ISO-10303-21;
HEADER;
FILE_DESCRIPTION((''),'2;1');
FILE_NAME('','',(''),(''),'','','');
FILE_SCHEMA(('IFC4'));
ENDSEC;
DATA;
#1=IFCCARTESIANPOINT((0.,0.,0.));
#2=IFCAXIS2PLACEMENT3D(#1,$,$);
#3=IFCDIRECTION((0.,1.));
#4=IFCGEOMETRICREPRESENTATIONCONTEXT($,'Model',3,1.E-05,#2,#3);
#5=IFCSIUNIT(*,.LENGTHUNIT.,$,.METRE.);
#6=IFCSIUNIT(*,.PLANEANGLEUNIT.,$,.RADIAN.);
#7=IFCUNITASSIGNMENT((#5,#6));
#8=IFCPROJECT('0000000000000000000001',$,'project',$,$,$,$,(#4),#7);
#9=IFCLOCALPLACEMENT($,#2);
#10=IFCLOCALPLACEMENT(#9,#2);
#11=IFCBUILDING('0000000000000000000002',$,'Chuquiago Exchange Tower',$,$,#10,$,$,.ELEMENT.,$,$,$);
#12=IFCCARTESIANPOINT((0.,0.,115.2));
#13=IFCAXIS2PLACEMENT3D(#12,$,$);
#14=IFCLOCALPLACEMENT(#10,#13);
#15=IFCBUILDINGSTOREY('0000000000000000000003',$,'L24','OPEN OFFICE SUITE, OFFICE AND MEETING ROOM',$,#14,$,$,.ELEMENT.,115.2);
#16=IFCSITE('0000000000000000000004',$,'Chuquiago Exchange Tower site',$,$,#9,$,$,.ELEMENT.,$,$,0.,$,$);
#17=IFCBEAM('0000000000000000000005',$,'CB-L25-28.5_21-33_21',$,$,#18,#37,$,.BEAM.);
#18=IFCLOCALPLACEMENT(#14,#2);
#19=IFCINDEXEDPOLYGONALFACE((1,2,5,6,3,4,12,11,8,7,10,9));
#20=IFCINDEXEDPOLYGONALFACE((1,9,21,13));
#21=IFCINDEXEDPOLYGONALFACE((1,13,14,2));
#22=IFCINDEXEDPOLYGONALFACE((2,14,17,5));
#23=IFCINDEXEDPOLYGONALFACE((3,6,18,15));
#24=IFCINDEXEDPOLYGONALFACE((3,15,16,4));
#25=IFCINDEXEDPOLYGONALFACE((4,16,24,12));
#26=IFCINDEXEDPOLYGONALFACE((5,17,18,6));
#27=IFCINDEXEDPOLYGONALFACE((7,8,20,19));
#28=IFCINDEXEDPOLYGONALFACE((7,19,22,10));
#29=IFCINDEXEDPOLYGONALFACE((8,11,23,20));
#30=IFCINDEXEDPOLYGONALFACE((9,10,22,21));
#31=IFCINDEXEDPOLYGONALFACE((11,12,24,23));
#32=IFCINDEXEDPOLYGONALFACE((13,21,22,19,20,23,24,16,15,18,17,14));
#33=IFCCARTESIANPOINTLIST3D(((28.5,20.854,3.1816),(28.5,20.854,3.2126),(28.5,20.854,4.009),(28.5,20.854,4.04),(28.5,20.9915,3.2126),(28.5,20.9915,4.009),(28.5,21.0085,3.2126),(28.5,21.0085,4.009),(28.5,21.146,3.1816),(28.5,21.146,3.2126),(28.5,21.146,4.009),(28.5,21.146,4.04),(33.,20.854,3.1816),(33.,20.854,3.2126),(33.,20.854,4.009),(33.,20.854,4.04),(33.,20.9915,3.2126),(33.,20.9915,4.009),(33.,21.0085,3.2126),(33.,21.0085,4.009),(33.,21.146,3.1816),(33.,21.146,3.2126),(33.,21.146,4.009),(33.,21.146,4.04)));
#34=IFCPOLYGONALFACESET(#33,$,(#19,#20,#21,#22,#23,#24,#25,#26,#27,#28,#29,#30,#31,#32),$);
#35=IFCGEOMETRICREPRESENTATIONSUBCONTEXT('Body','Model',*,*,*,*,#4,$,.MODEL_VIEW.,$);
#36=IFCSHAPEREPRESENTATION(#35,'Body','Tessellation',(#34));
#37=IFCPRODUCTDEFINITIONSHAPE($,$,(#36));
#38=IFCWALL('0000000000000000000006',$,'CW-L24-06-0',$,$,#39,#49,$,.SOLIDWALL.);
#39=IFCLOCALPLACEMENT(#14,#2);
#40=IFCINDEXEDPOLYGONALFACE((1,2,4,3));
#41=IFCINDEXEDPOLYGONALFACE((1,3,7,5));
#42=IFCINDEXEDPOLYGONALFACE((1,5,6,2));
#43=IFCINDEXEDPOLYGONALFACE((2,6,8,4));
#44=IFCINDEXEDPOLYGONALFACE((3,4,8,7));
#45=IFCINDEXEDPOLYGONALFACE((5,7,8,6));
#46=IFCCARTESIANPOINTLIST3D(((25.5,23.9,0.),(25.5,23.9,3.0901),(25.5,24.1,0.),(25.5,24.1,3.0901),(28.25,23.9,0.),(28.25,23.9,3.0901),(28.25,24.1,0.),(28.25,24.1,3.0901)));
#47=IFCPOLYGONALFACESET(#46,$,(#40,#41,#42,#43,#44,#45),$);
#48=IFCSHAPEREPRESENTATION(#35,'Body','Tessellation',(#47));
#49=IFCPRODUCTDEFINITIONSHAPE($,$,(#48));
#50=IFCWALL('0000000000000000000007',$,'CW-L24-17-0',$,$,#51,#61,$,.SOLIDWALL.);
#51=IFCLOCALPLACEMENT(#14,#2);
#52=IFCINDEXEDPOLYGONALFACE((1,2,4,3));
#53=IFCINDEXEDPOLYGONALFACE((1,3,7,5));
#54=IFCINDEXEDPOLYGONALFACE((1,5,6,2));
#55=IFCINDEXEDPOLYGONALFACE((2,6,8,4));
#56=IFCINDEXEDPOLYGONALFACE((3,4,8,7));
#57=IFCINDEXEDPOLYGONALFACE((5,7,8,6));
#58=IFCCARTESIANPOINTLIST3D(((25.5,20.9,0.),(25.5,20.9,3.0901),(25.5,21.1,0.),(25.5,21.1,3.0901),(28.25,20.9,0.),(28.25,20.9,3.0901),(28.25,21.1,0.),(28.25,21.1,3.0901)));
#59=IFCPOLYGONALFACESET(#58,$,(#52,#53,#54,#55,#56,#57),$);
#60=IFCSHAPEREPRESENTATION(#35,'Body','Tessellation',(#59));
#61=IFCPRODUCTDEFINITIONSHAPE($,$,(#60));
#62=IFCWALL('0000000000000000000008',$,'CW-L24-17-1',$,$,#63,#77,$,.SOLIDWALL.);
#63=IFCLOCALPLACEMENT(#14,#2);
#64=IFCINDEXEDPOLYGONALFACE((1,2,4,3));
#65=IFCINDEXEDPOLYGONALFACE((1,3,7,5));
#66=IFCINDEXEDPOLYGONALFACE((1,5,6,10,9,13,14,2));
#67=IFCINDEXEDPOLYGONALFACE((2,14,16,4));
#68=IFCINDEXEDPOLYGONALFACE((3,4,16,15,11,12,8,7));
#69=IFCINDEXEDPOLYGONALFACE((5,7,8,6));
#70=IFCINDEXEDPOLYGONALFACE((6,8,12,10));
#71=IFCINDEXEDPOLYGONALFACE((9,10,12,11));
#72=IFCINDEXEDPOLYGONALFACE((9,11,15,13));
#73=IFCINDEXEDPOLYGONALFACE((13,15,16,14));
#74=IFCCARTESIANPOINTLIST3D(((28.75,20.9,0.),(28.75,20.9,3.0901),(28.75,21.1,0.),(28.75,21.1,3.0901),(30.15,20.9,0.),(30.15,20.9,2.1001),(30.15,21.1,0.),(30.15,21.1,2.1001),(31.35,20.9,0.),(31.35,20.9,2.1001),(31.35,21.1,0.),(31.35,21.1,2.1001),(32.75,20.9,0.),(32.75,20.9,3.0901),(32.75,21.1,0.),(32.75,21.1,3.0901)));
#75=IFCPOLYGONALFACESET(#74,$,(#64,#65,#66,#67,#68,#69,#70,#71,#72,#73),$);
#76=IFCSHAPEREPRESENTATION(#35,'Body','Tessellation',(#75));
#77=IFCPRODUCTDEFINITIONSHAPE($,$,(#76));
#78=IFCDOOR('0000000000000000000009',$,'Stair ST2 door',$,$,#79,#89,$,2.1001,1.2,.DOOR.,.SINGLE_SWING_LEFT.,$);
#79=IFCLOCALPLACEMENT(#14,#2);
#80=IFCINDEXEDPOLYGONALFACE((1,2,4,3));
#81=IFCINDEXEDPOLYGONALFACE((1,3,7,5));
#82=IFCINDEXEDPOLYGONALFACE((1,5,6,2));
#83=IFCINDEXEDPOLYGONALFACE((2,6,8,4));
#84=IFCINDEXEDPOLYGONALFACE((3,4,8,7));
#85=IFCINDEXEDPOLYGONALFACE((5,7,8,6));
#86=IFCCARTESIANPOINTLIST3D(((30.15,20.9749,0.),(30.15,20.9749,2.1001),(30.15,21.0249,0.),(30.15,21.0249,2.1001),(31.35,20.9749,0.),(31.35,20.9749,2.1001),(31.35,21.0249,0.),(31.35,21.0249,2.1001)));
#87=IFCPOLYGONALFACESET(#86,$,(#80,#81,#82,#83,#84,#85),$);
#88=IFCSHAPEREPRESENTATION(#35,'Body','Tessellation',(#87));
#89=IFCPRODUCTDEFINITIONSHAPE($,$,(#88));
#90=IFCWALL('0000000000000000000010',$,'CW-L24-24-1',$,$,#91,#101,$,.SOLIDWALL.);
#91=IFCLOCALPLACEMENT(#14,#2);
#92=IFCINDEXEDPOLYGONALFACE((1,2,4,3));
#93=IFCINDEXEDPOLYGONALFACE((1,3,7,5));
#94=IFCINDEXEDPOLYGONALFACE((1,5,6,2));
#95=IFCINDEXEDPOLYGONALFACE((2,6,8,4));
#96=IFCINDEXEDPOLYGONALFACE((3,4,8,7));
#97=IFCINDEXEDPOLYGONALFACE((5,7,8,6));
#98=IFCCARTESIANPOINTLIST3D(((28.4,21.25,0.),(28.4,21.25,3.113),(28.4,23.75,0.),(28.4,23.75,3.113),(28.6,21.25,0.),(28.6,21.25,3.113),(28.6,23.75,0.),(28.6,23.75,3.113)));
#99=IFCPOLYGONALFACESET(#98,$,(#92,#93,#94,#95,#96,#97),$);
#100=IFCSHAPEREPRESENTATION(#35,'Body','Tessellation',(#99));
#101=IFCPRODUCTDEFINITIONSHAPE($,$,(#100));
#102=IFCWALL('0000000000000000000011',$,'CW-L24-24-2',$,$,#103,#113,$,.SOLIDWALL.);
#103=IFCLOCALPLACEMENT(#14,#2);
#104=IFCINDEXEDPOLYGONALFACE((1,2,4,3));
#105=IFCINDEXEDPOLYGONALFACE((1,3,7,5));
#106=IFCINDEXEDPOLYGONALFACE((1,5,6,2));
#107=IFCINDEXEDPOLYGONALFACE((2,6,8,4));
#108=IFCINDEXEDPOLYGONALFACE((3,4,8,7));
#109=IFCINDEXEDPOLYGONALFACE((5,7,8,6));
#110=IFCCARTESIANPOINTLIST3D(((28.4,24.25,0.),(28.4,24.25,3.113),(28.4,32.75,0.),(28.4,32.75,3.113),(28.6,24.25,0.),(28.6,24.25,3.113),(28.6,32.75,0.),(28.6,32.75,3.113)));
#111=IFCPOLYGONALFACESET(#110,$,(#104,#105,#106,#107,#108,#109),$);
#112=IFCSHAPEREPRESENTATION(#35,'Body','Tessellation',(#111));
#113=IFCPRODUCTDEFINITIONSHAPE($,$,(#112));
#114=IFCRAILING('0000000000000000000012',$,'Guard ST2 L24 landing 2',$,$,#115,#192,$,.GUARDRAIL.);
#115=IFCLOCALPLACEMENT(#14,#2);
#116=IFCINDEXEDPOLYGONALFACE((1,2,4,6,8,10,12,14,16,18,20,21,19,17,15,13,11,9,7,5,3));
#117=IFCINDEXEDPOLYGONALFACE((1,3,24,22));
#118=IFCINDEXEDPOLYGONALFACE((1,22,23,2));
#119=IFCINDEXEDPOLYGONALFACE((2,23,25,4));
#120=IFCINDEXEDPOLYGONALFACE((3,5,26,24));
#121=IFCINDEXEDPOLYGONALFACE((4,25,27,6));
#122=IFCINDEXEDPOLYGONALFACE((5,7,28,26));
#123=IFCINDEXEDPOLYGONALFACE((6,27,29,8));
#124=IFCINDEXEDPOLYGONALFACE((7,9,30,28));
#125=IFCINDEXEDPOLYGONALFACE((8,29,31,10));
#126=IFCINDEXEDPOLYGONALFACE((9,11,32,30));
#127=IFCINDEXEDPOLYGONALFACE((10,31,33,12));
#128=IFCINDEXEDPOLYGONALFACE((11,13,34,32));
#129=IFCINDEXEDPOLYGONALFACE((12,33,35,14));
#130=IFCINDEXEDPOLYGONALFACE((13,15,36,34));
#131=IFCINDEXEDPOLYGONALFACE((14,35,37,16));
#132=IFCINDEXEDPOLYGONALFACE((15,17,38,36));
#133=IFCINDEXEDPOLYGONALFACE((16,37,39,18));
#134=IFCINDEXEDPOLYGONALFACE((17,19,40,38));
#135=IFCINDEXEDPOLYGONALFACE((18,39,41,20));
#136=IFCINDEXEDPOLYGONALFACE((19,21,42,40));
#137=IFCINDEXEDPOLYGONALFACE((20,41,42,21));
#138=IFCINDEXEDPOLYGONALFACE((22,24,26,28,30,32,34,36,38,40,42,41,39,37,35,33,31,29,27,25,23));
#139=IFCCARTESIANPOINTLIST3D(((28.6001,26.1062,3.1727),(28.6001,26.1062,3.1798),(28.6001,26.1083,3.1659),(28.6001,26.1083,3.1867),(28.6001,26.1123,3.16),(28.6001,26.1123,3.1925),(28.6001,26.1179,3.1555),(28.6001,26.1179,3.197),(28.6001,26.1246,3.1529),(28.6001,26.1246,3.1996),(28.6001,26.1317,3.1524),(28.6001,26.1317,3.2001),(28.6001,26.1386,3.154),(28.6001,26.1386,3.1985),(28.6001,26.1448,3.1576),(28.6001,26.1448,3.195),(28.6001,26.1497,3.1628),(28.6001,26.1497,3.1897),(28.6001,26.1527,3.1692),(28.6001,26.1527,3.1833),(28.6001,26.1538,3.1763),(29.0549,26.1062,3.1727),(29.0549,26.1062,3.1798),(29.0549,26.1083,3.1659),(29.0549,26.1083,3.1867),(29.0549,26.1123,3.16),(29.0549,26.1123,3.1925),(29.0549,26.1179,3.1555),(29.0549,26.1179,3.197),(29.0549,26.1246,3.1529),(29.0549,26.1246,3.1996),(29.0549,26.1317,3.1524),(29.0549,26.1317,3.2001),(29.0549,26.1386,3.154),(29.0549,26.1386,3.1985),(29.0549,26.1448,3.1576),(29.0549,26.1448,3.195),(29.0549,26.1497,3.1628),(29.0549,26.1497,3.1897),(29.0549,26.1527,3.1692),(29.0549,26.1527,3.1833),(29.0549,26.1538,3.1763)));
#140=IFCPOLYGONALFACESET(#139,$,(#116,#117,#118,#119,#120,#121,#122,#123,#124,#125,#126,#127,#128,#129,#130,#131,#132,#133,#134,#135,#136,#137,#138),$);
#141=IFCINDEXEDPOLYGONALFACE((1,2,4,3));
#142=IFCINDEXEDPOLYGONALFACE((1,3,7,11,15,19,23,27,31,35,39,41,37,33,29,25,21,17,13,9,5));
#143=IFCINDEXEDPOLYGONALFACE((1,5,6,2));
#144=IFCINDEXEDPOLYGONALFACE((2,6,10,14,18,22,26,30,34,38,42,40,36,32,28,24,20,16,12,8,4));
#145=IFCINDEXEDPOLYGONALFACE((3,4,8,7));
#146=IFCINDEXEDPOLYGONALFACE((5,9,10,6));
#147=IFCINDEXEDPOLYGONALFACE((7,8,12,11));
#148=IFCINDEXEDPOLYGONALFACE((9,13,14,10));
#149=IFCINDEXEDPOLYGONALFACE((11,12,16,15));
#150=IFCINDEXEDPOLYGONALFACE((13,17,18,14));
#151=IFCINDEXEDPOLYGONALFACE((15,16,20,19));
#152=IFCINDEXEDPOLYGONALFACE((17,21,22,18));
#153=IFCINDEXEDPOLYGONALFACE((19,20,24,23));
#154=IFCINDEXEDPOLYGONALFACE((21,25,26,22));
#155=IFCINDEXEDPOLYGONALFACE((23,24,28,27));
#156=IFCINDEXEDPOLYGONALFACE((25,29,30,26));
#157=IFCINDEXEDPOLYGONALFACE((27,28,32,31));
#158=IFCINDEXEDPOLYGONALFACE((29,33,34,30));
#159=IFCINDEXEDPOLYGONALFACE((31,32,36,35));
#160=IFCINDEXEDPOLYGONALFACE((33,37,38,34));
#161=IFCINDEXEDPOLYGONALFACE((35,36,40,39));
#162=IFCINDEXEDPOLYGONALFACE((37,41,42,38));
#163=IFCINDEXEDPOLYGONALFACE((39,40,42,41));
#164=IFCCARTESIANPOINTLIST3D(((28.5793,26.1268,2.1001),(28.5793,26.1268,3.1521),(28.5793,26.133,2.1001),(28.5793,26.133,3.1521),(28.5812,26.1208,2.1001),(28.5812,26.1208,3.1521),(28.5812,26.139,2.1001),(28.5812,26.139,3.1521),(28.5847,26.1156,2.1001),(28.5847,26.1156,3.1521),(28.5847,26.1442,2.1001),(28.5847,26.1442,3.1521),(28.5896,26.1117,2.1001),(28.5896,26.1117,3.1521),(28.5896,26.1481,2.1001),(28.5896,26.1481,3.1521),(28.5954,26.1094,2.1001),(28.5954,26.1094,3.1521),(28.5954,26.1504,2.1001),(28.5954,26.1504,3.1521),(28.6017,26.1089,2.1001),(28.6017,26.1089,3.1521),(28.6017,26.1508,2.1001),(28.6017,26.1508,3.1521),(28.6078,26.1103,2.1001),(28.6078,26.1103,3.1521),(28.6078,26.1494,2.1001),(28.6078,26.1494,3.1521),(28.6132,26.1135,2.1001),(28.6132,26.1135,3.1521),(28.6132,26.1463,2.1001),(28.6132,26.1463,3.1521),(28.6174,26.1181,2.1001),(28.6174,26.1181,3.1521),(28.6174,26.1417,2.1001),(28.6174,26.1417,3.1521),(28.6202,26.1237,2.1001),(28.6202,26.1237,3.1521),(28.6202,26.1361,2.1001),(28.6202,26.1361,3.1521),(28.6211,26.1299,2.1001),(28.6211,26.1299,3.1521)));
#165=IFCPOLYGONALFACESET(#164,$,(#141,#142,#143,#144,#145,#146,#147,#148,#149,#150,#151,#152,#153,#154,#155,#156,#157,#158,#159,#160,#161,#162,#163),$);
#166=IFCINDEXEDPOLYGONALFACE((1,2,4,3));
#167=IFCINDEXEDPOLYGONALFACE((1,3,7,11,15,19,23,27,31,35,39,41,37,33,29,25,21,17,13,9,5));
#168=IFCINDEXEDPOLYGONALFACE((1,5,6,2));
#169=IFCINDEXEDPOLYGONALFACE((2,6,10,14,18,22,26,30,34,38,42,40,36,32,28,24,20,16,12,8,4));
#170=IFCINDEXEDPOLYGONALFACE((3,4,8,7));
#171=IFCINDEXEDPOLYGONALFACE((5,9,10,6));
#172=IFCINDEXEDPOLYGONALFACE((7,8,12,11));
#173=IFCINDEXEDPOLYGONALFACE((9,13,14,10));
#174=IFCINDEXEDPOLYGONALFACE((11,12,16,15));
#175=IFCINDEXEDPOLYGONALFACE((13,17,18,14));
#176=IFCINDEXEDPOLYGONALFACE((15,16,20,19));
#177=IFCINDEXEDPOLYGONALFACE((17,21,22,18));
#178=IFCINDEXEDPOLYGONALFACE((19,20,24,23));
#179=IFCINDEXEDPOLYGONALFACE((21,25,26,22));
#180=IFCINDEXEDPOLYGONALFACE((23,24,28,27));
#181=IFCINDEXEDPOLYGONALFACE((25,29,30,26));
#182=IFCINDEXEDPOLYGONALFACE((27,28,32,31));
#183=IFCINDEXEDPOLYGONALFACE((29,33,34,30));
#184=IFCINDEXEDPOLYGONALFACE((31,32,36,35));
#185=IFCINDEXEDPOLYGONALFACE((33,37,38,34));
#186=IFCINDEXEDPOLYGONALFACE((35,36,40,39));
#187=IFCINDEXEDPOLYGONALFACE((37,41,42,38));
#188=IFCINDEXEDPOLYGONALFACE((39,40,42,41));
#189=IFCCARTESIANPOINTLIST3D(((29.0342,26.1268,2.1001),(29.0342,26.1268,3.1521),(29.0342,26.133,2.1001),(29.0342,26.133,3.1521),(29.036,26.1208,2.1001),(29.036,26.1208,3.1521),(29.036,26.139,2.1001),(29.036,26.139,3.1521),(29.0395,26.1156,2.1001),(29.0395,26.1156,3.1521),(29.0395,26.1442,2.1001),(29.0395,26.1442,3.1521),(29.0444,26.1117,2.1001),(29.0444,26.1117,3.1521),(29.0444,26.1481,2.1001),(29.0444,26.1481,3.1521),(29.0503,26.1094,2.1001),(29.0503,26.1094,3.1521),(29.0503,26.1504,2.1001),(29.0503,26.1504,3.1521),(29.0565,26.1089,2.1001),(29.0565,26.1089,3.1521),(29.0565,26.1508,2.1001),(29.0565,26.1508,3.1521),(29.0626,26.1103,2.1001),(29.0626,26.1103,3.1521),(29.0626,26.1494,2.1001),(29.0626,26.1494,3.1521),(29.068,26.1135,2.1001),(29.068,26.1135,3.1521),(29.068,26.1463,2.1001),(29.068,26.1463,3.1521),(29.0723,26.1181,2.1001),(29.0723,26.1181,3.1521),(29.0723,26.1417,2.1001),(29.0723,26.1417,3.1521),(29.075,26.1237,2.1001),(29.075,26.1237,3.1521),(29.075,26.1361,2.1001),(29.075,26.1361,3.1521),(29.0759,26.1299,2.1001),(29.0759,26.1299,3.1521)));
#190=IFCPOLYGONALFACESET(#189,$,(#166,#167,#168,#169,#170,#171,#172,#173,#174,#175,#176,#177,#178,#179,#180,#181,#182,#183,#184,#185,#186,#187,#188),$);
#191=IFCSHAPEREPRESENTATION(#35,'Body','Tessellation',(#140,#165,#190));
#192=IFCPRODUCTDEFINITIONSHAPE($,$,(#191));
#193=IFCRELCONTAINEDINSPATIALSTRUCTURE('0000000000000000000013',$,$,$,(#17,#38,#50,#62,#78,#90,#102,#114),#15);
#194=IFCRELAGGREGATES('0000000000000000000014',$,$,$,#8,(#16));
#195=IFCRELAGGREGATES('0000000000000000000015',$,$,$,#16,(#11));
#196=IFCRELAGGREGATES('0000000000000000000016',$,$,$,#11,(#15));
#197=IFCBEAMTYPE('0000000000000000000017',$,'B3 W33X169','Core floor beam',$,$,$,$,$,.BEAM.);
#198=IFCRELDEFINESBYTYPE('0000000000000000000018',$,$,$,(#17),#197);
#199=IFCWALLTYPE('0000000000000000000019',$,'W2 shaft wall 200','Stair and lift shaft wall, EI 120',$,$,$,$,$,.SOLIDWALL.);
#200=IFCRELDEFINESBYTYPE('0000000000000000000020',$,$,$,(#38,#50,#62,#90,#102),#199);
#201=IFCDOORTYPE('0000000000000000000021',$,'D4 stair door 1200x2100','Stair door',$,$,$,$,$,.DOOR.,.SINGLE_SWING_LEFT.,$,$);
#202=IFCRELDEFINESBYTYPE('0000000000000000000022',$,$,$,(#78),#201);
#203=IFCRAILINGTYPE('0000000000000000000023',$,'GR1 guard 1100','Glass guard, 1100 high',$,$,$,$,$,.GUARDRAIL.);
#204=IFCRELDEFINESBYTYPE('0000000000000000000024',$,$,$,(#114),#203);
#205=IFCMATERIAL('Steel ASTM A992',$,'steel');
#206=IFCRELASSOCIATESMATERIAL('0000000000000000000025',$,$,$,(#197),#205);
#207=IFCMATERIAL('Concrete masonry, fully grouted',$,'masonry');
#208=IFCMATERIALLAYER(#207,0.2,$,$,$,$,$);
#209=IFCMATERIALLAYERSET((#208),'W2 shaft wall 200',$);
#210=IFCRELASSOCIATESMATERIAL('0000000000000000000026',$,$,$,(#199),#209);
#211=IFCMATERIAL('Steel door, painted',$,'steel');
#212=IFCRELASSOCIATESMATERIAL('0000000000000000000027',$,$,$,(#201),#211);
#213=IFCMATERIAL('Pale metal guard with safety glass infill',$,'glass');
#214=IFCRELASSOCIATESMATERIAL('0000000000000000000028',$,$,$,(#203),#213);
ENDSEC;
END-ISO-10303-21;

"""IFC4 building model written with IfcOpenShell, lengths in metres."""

from ifc_helpers import new_model, si_unit, direction, frame, frame_2d, origin, origin_2d, place, context, subcontext, project, spatial, rectangle, circle, i_section, extrude, material, layer, layer_set, material_profile, profile_set, type_object, element, fill, save


model = new_model("IFC4")

# Units and contexts
model_context = context("Model", 3, precision=1e-05, world=origin(), true_north=direction((0.0, 1.0)))
body_context = subcontext(model_context, "Body", "Model", "MODEL_VIEW")
ifc_project = project(units=[si_unit("LENGTHUNIT", "METRE"), si_unit("PLANEANGLEUNIT", "RADIAN")], contexts=[model_context])

# Site, building, storey
site_placement = place(None, origin())
site = spatial("IfcSite", under=ifc_project, at=site_placement, Name="Chuquiago Exchange Tower site", CompositionType="ELEMENT", RefElevation=0.0)
building_placement = place(site_placement, origin())
building = spatial("IfcBuilding", under=site, at=building_placement, Name="Chuquiago Exchange Tower", CompositionType="ELEMENT")
storey_placement = place(building_placement, frame((0.0, 0.0, 115.2)))
storey = spatial("IfcBuildingStorey", under=building, at=storey_placement, Name="L24", Description="OPEN OFFICE SUITE, OFFICE AND MEETING ROOM", CompositionType="ELEMENT", Elevation=115.2)

# Beam
ifc_material_1 = material(Name="Steel ASTM A992", Category="steel")
ifc_material_profile_1 = material_profile(ifc_material_1, i_section(OverallWidth=0.292, OverallDepth=0.8584, WebThickness=0.0171, FlangeThickness=0.031, at=origin_2d()), Name="W33X169")
ifc_profile_set_1 = profile_set([ifc_material_profile_1], Name="Steel ASTM A992")
beam_type_1 = type_object("IfcBeamType", Name="B3 W33X169", Description="Core floor beam", PredefinedType="BEAM", material=ifc_profile_set_1)
beam_1_placement = place(storey_placement, frame((28.5, 21.0, 3.6108), z_axis=(1.0, 0.0, 0.0), x_axis=(0.0, 1.0, 0.0)))
element("IfcBeam", 1, at=beam_1_placement, inside=storey, type_object=beam_type_1, Name="CB-L25-28.5_21-33_21", PredefinedType="BEAM", context=body_context, shape_type="SweptSolid", body=[
    extrude(i_section(OverallWidth=0.292, OverallDepth=0.8584, WebThickness=0.0171, FlangeThickness=0.031, at=origin_2d()), origin(), (0.0, 0.0, 1.0), 4.5),
])

# Walls
ifc_material_2 = material(Name="Concrete masonry, fully grouted", Category="masonry")
ifc_layer = layer(ifc_material_2, 0.2)
ifc_layer_set = layer_set([ifc_layer], Name="W2 shaft wall 200")
wall_type = type_object("IfcWallType", Name="W2 shaft wall 200", Description="Stair and lift shaft wall, EI 120", PredefinedType="SOLIDWALL", material=ifc_layer_set)
for number, where, z_axis, x_axis, name in (
    (2, (25.5, 24.0, 0.0), (0.0, 0.0, 1.0), (1.0, 0.0, 0.0), "CW-L24-06-0"),
    (3, (25.5, 21.0, 0.0), (0.0, 0.0, 1.0), (1.0, 0.0, 0.0), "CW-L24-17-0"),
):
    element("IfcWall", number, at=place(storey_placement, frame(where, z_axis=z_axis, x_axis=x_axis)), inside=storey, type_object=wall_type, Name=name, PredefinedType="SOLIDWALL", context=body_context, shape_type="SweptSolid", body=[
        extrude(rectangle(XDim=2.75, YDim=0.2, at=frame_2d((1.375, 0.0))), origin(), (0.0, 0.0, 1.0), 3.0901),
    ])

# Wall, opening, door
wall_1_placement = place(storey_placement, frame((28.75, 21.0, 0.0), z_axis=(0.0, 0.0, 1.0), x_axis=(1.0, 0.0, 0.0)))
wall_1 = element("IfcWall", 4, at=wall_1_placement, inside=storey, type_object=wall_type, Name="CW-L24-17-1", PredefinedType="SOLIDWALL", context=body_context, shape_type="SweptSolid", body=[
    extrude(rectangle(XDim=4.0, YDim=0.2, at=frame_2d((2.0, 0.0))), origin(), (0.0, 0.0, 1.0), 3.0901),
])
opening_placement = place(wall_1_placement, frame((1.3999, 0.0, 0.0)))
opening = element("IfcOpeningElement", 5, at=opening_placement, cuts=wall_1, PredefinedType="OPENING", context=body_context, shape_type="SweptSolid", body=[
    extrude(rectangle(XDim=1.2, YDim=2.1001, at=frame_2d((0.6001, 1.05))), frame((0.0, 0.1099, 0.0), z_axis=(0.0, -1.0, 0.0), x_axis=(1.0, 0.0, 0.0)), (0.0, 0.0, 1.0), 0.22),
])
ifc_material_3 = material(Name="Steel door, painted", Category="steel")
door_type = type_object("IfcDoorType", Name="D4 stair door 1200x2100", Description="Stair door", OperationType="SINGLE_SWING_LEFT", PredefinedType="DOOR", material=ifc_material_3)
door_placement = place(opening_placement, origin())
door = element("IfcDoor", 6, at=door_placement, inside=storey, type_object=door_type, Name="Stair ST2 door", OperationType="SINGLE_SWING_LEFT", OverallHeight=2.1001, OverallWidth=1.2, PredefinedType="DOOR", context=body_context, shape_type="SweptSolid", body=[
    extrude(rectangle(XDim=1.2, YDim=2.1001, at=frame_2d((0.6001, 1.05))), frame((0.0, 0.0249, 0.0), z_axis=(0.0, -1.0, 0.0), x_axis=(1.0, 0.0, 0.0)), (0.0, 0.0, 1.0), 0.05),
])
fill(opening, door)

# Walls
wall_2_placement = place(storey_placement, frame((28.5, 21.25, 0.0), z_axis=(0.0, 0.0, 1.0), x_axis=(0.0, 1.0, 0.0)))
element("IfcWall", 7, at=wall_2_placement, inside=storey, type_object=wall_type, Name="CW-L24-24-1", PredefinedType="SOLIDWALL", context=body_context, shape_type="SweptSolid", body=[
    extrude(rectangle(XDim=2.5, YDim=0.2, at=frame_2d((1.25, 0.0))), origin(), (0.0, 0.0, 1.0), 3.113),
])
wall_3_placement = place(storey_placement, frame((28.5, 24.25, 0.0), z_axis=(0.0, 0.0, 1.0), x_axis=(0.0, 1.0, 0.0)))
element("IfcWall", 8, at=wall_3_placement, inside=storey, type_object=wall_type, Name="CW-L24-24-2", PredefinedType="SOLIDWALL", context=body_context, shape_type="SweptSolid", body=[
    extrude(rectangle(XDim=8.5, YDim=0.2, at=frame_2d((4.25, 0.0))), origin(), (0.0, 0.0, 1.0), 3.113),
])

# Railing
ifc_material_4 = material(Name="Pale metal guard with safety glass infill", Category="glass")
railing_type_1 = type_object("IfcRailingType", Name="GR1 guard 1100", Description="Glass guard, 1100 high", PredefinedType="GUARDRAIL", material=ifc_material_4)
railing_1_placement = place(storey_placement, frame((28.6001, 26.1299, 2.1001)))
element("IfcRailing", 9, at=railing_1_placement, inside=storey, type_object=railing_type_1, Name="Guard ST2 L24 landing 2", PredefinedType="GUARDRAIL", context=body_context, shape_type="SweptSolid", body=[
    extrude(circle(Radius=0.0239, at=origin_2d()), frame((0.0, 0.0, 1.0762), z_axis=(1.0, 0.0, 0.0), x_axis=(0.0, 1.0, 0.0)), (0.0, 0.0, 1.0), 0.4548),
    extrude(circle(Radius=0.021, at=origin_2d()), origin(), (0.0, 0.0, 1.0), 1.052),
    extrude(circle(Radius=0.021, at=origin_2d()), frame((0.4548, 0.0, 0.0)), (0.0, 0.0, 1.0), 1.052),
])

save(model, "model.ifc")
